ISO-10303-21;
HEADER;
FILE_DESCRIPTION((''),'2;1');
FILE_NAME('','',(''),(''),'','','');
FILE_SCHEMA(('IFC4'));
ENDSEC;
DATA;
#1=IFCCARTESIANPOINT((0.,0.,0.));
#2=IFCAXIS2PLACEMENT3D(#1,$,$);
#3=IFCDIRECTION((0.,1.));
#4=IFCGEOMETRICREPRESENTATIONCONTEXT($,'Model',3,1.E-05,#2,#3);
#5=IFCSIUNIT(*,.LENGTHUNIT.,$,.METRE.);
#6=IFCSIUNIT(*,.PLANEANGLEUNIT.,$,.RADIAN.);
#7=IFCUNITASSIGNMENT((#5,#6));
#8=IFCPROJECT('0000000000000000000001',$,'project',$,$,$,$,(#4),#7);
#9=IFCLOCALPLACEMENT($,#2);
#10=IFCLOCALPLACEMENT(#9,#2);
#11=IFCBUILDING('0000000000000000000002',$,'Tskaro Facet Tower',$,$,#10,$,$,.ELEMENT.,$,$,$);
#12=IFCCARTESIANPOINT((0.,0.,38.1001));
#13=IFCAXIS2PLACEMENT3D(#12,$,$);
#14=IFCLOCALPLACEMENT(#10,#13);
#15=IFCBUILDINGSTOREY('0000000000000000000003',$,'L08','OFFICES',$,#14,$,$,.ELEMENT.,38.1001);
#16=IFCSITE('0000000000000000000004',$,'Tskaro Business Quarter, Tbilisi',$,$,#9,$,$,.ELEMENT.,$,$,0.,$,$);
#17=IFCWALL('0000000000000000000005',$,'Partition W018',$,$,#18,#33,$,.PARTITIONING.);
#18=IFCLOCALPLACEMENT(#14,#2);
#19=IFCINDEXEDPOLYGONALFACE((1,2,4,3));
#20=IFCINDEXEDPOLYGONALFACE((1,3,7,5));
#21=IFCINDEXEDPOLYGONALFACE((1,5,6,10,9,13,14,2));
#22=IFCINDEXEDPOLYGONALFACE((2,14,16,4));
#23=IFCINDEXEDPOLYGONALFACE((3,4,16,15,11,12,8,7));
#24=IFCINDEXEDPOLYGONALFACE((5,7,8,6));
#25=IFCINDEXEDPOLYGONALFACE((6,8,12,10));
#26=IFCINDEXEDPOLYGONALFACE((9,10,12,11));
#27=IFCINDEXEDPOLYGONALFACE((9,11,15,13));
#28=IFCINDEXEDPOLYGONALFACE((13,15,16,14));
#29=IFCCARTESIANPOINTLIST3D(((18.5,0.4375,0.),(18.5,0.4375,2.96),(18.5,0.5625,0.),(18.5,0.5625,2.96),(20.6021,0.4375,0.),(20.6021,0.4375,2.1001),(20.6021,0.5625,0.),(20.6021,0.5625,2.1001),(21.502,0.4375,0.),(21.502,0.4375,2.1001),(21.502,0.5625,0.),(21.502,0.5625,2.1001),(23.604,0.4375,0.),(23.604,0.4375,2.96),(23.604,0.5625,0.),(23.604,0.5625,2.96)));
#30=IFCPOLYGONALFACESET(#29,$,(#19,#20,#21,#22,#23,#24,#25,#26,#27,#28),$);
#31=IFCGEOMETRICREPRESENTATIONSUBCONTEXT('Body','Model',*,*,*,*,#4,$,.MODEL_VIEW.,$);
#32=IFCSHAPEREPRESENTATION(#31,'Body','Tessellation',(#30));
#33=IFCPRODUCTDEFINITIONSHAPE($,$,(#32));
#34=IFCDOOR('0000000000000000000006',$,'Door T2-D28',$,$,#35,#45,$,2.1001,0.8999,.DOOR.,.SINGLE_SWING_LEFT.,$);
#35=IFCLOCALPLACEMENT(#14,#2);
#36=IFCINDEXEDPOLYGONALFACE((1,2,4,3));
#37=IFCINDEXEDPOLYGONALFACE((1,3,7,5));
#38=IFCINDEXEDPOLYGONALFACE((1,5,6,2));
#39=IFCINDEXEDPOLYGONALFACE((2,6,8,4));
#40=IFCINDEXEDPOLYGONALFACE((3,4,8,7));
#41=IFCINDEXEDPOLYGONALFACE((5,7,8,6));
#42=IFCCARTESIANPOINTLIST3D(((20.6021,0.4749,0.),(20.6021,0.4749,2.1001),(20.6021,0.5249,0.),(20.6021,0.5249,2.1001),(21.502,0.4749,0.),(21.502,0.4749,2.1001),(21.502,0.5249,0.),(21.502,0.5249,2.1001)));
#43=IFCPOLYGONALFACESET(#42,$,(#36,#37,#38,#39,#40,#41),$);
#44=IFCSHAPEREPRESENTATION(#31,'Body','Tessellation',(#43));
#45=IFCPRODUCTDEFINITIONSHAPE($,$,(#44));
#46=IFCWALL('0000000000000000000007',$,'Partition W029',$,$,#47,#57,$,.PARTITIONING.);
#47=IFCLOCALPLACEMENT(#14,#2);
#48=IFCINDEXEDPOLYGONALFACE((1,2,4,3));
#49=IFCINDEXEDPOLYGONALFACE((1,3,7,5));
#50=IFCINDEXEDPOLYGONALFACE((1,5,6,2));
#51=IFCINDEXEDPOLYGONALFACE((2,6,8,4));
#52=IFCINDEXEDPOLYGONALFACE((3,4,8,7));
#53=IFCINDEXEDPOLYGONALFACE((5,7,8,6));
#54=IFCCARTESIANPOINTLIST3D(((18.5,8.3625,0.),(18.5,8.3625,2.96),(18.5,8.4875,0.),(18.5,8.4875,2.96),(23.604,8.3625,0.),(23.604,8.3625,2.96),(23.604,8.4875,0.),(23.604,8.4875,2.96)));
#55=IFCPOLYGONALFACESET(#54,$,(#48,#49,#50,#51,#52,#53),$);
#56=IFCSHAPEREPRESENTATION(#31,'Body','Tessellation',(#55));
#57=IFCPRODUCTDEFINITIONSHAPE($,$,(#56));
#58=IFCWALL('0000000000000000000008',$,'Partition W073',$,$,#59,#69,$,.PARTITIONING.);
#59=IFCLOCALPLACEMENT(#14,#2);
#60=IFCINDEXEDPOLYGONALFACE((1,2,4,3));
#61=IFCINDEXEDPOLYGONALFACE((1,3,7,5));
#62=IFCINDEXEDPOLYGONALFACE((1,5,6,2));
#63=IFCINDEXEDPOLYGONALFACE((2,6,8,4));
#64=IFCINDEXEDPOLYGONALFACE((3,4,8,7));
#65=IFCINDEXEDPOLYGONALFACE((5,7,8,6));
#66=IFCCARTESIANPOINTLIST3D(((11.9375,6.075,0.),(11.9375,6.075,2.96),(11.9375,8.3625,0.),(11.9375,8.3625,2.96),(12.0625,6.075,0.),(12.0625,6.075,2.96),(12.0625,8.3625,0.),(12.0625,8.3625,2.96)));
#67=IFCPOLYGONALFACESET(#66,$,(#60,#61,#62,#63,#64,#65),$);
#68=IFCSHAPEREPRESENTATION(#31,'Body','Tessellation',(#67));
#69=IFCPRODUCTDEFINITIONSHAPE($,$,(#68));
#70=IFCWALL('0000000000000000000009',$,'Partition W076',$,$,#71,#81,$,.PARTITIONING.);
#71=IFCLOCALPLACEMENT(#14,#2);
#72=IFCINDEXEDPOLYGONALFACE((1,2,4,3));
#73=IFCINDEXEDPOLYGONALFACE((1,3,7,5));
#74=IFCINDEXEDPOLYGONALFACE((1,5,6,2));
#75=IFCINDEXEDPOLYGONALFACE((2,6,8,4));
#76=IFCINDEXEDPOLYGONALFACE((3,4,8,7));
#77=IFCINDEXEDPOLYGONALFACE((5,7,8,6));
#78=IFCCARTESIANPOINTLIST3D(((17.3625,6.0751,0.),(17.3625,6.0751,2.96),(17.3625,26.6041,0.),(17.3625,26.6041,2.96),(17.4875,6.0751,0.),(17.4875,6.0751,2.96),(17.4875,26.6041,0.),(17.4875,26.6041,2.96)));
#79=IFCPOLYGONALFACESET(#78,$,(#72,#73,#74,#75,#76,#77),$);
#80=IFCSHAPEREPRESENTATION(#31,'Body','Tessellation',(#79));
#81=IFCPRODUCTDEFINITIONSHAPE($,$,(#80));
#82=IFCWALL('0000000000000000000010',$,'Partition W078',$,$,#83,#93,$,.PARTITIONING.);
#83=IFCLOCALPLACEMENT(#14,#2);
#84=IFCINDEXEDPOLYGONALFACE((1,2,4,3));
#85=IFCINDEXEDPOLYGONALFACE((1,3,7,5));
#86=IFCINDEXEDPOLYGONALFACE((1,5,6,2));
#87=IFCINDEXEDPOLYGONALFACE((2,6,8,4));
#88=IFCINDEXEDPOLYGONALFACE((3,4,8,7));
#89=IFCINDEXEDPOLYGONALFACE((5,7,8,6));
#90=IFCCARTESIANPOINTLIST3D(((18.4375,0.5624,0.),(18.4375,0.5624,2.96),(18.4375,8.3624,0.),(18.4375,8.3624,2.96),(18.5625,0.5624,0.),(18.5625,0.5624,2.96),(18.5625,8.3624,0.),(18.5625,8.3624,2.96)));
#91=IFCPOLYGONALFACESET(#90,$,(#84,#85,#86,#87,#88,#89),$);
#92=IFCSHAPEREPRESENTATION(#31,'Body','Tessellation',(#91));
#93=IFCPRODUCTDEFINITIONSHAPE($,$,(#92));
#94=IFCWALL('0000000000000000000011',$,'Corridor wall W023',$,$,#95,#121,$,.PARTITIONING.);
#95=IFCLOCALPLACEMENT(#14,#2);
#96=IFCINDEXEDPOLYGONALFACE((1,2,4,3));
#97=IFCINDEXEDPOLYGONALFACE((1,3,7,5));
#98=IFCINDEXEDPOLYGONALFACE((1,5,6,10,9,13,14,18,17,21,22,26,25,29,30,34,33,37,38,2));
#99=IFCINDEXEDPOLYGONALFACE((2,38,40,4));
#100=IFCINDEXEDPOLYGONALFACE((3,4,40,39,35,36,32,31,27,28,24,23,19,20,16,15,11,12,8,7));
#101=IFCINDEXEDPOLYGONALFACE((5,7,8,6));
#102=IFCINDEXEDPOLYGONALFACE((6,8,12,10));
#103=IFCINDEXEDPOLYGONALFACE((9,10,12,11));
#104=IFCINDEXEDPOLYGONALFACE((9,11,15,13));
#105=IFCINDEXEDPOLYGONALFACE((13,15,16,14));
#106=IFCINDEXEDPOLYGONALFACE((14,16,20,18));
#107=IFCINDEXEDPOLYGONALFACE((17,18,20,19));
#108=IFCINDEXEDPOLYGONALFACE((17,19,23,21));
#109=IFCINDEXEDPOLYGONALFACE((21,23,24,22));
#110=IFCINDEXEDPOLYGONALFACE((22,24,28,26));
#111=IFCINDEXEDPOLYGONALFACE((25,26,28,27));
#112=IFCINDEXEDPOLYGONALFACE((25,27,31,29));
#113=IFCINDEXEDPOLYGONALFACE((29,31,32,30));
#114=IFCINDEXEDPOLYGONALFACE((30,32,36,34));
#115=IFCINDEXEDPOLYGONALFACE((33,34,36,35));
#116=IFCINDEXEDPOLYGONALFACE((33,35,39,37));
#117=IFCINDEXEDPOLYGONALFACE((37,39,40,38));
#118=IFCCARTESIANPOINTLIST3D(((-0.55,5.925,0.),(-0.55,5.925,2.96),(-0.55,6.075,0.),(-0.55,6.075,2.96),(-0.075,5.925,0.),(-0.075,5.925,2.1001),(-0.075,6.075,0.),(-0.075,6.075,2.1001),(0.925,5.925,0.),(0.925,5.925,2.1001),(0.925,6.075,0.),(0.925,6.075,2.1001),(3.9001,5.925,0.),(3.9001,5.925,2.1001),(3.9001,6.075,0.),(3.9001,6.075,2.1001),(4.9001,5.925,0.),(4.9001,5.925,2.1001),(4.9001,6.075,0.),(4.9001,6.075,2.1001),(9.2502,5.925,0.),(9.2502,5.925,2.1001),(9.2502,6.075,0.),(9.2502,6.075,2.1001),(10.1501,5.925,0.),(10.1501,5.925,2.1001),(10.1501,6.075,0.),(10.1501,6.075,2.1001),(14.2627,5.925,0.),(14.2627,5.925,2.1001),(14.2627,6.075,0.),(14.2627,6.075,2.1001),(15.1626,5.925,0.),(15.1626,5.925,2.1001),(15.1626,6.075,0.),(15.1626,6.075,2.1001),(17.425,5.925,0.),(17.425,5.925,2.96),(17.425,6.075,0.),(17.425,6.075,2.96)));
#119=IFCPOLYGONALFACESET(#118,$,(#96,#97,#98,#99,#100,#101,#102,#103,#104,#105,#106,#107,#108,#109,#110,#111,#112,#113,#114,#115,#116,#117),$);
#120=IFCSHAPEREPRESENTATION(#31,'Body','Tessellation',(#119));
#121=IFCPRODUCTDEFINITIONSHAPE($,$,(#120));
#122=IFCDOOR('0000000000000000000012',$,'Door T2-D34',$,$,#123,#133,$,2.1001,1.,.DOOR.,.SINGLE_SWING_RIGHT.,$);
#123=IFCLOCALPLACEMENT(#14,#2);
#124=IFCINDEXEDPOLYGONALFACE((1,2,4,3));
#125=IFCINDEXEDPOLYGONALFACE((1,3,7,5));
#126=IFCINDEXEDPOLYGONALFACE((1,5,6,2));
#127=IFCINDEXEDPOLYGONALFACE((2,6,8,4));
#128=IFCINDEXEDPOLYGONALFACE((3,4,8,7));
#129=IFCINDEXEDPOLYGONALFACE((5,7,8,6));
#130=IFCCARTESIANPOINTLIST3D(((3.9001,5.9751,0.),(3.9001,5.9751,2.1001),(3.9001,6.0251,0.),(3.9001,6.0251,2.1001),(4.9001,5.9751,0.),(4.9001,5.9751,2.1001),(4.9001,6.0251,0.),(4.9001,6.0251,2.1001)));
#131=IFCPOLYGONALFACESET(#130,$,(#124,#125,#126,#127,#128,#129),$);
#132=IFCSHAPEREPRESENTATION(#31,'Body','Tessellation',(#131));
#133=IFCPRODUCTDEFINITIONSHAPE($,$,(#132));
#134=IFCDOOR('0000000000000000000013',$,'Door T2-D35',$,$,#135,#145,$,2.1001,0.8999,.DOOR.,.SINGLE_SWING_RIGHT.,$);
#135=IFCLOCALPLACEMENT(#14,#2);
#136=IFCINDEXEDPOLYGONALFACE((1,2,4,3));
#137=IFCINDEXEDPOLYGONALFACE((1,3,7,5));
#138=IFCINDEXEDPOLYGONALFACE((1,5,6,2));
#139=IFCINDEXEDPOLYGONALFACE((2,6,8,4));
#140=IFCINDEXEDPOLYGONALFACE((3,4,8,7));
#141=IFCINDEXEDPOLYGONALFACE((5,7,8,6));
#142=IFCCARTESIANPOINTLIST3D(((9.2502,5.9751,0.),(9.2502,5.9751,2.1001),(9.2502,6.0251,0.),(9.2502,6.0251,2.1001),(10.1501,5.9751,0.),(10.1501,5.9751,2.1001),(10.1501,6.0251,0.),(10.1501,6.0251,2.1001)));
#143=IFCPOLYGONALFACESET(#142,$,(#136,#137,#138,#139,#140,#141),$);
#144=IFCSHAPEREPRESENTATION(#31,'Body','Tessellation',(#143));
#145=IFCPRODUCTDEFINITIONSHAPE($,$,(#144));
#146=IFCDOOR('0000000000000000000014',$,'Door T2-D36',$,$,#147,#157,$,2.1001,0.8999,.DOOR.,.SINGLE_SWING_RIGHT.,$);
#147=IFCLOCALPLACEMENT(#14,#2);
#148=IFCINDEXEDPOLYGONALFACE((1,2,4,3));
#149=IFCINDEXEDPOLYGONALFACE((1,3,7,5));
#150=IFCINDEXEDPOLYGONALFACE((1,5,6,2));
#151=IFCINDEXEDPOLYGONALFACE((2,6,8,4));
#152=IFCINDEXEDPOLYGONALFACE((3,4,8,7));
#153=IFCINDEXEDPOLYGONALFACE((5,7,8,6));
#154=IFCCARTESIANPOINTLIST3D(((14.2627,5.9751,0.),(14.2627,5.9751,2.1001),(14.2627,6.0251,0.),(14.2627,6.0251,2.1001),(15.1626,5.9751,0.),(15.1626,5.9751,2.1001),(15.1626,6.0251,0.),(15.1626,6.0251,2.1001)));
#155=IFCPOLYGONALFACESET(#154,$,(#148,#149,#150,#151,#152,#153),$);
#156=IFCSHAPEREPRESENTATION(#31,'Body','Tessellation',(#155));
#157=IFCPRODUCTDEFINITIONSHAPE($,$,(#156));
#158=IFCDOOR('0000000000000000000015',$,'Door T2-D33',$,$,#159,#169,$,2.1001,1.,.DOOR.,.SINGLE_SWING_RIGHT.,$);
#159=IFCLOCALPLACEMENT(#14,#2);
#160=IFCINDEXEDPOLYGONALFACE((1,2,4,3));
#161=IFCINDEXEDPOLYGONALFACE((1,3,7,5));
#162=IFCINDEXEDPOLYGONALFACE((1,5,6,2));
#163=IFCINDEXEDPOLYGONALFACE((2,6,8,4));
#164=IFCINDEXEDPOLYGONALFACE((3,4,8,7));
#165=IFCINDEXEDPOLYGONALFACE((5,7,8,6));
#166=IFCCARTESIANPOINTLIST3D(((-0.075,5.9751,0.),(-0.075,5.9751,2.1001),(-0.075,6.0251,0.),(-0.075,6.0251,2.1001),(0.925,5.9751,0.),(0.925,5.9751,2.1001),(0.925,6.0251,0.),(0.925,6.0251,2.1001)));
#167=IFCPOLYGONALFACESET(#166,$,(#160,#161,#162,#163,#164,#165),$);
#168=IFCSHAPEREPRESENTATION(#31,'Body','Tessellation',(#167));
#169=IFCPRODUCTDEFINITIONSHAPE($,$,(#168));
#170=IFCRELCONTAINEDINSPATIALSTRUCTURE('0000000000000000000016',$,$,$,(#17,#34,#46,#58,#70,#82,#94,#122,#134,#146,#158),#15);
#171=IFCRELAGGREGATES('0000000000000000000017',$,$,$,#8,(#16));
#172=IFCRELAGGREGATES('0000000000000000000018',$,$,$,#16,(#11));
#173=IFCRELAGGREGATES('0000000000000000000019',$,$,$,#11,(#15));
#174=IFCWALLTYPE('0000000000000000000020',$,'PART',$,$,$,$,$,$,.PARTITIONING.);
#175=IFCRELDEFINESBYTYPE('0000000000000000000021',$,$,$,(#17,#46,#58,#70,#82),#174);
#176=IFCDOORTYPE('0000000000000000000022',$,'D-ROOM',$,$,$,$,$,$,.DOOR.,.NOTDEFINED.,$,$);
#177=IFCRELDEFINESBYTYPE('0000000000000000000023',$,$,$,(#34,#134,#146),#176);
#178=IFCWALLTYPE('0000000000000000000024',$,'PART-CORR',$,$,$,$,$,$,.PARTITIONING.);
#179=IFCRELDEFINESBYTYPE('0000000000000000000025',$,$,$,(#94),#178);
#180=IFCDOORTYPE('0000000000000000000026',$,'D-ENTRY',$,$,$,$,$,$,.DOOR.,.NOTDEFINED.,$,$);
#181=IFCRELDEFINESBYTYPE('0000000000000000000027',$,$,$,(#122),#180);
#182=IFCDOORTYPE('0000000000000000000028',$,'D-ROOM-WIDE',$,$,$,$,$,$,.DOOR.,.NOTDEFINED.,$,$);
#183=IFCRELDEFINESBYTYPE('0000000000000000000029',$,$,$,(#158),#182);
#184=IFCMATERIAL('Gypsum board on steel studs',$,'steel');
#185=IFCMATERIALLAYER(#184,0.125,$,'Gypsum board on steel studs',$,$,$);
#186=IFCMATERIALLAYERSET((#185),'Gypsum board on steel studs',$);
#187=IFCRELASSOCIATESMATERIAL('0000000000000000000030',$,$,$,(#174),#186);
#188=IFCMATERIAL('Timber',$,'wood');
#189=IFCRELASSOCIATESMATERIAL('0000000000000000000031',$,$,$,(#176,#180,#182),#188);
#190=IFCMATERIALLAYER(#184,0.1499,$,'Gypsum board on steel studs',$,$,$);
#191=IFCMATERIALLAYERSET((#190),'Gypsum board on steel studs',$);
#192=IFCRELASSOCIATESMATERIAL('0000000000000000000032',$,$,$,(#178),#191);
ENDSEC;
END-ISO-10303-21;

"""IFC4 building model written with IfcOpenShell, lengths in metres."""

from ifc_helpers import new_model, si_unit, direction, frame, frame_2d, origin, place, context, subcontext, project, spatial, rectangle, extrude, material, layer, layer_set, type_object, element, fill, save


model = new_model("IFC4")

# Units and contexts
model_context = context("Model", 3, precision=1e-05, world=origin(), true_north=direction((0.0, 1.0)))
body_context = subcontext(model_context, "Body", "Model", "MODEL_VIEW")
ifc_project = project(units=[si_unit("LENGTHUNIT", "METRE"), si_unit("PLANEANGLEUNIT", "RADIAN")], contexts=[model_context])

# Site, building, storey
site_placement = place(None, origin())
site = spatial("IfcSite", under=ifc_project, at=site_placement, Name="Tskaro Business Quarter, Tbilisi", CompositionType="ELEMENT", RefElevation=0.0)
building_placement = place(site_placement, origin())
building = spatial("IfcBuilding", under=site, at=building_placement, Name="Tskaro Facet Tower", CompositionType="ELEMENT")
storey_placement = place(building_placement, frame((0.0, 0.0, 38.1001)))
storey = spatial("IfcBuildingStorey", under=building, at=storey_placement, Name="L08", Description="OFFICES", CompositionType="ELEMENT", Elevation=38.1001)

# Wall, opening, door
ifc_material_1 = material(Name="Gypsum board on steel studs", Category="steel")
ifc_layer_1 = layer(ifc_material_1, 0.125, Name="Gypsum board on steel studs")
ifc_layer_set_1 = layer_set([ifc_layer_1], Name="Gypsum board on steel studs")
wall_type_1 = type_object("IfcWallType", Name="PART", PredefinedType="PARTITIONING", material=ifc_layer_set_1)
wall_1_placement = place(storey_placement, frame((18.5, 0.5, 0.0), z_axis=(0.0, 0.0, 1.0), x_axis=(1.0, 0.0, 0.0)))
wall_1 = element("IfcWall", 1, at=wall_1_placement, inside=storey, type_object=wall_type_1, Name="Partition W018", PredefinedType="PARTITIONING", context=body_context, shape_type="SweptSolid", body=[
    extrude(rectangle(XDim=5.104, YDim=0.125, at=frame_2d((2.552, 0.0))), origin(), (0.0, 0.0, 1.0), 2.96),
])
opening_1_placement = place(wall_1_placement, frame((2.1021, 0.0, 0.0)))
opening_1 = element("IfcOpeningElement", 2, at=opening_1_placement, cuts=wall_1, PredefinedType="OPENING", context=body_context, shape_type="SweptSolid", body=[
    extrude(rectangle(XDim=0.8999, YDim=2.1001, at=frame_2d((0.45, 1.05))), frame((0.0, 0.0725, 0.0), z_axis=(0.0, -1.0, 0.0), x_axis=(1.0, 0.0, 0.0)), (0.0, 0.0, 1.0), 0.145),
])
ifc_material_2 = material(Name="Timber", Category="wood")
door_type_1 = type_object("IfcDoorType", Name="D-ROOM", OperationType="NOTDEFINED", PredefinedType="DOOR", material=ifc_material_2)
door_1_placement = place(opening_1_placement, origin())
door_1 = element("IfcDoor", 3, at=door_1_placement, inside=storey, type_object=door_type_1, Name="Door T2-D28", OperationType="SINGLE_SWING_LEFT", OverallHeight=2.1001, OverallWidth=0.8999, PredefinedType="DOOR", context=body_context, shape_type="SweptSolid", body=[
    extrude(rectangle(XDim=0.8999, YDim=2.1001, at=frame_2d((0.45, 1.05))), frame((0.0, 0.0249, 0.0), z_axis=(0.0, -1.0, 0.0), x_axis=(1.0, 0.0, 0.0)), (0.0, 0.0, 1.0), 0.05),
])
fill(opening_1, door_1)

# Walls
wall_2_placement = place(storey_placement, frame((18.5, 8.425, 0.0), z_axis=(0.0, 0.0, 1.0), x_axis=(1.0, 0.0, 0.0)))
element("IfcWall", 4, at=wall_2_placement, inside=storey, type_object=wall_type_1, Name="Partition W029", PredefinedType="PARTITIONING", context=body_context, shape_type="SweptSolid", body=[
    extrude(rectangle(XDim=5.104, YDim=0.125, at=frame_2d((2.552, 0.0))), origin(), (0.0, 0.0, 1.0), 2.96),
])
wall_3_placement = place(storey_placement, frame((12.0, 6.075, 0.0), z_axis=(0.0, 0.0, 1.0), x_axis=(0.0, 1.0, 0.0)))
element("IfcWall", 5, at=wall_3_placement, inside=storey, type_object=wall_type_1, Name="Partition W073", PredefinedType="PARTITIONING", context=body_context, shape_type="SweptSolid", body=[
    extrude(rectangle(XDim=2.2876, YDim=0.125, at=frame_2d((1.1438, 0.0))), origin(), (0.0, 0.0, 1.0), 2.96),
])
wall_4_placement = place(storey_placement, frame((17.425, 6.075, 0.0), z_axis=(0.0, 0.0, 1.0), x_axis=(0.0, 1.0, 0.0)))
element("IfcWall", 6, at=wall_4_placement, inside=storey, type_object=wall_type_1, Name="Partition W076", PredefinedType="PARTITIONING", context=body_context, shape_type="SweptSolid", body=[
    extrude(rectangle(XDim=20.5291, YDim=0.125, at=frame_2d((10.2646, 0.0))), origin(), (0.0, 0.0, 1.0), 2.96),
])
wall_5_placement = place(storey_placement, frame((18.5, 0.5625, 0.0), z_axis=(0.0, 0.0, 1.0), x_axis=(0.0, 1.0, 0.0)))
element("IfcWall", 7, at=wall_5_placement, inside=storey, type_object=wall_type_1, Name="Partition W078", PredefinedType="PARTITIONING", context=body_context, shape_type="SweptSolid", body=[
    extrude(rectangle(XDim=7.8, YDim=0.125, at=frame_2d((3.8999, 0.0))), origin(), (0.0, 0.0, 1.0), 2.96),
])

# Wall, openings, doors
ifc_layer_2 = layer(ifc_material_1, 0.1499, Name="Gypsum board on steel studs")
ifc_layer_set_2 = layer_set([ifc_layer_2], Name="Gypsum board on steel studs")
wall_type_2 = type_object("IfcWallType", Name="PART-CORR", PredefinedType="PARTITIONING", material=ifc_layer_set_2)
wall_6_placement = place(storey_placement, frame((17.425, 6.0, 0.0), z_axis=(0.0, 0.0, 1.0), x_axis=(-1.0, 0.0, 0.0)))
wall_6 = element("IfcWall", 8, at=wall_6_placement, inside=storey, type_object=wall_type_2, Name="Corridor wall W023", PredefinedType="PARTITIONING", context=body_context, shape_type="SweptSolid", body=[
    extrude(rectangle(XDim=17.9751, YDim=0.1499, at=frame_2d((8.9875, 0.0))), origin(), (0.0, 0.0, 1.0), 2.96),
])
opening_2_placement = place(wall_6_placement, frame((12.5249, 0.0, 0.0)))
opening_2 = element("IfcOpeningElement", 9, at=opening_2_placement, cuts=wall_6, PredefinedType="OPENING", context=body_context, shape_type="SweptSolid", body=[
    extrude(rectangle(XDim=1.0, YDim=2.1001, at=frame_2d((0.5, 1.05))), frame((0.0, 0.085, 0.0), z_axis=(0.0, -1.0, 0.0), x_axis=(1.0, 0.0, 0.0)), (0.0, 0.0, 1.0), 0.1699),
])
opening_3_placement = place(wall_6_placement, frame((16.5, 0.0, 0.0)))
opening_3 = element("IfcOpeningElement", 10, at=opening_3_placement, cuts=wall_6, PredefinedType="OPENING", context=body_context, shape_type="SweptSolid", body=[
    extrude(rectangle(XDim=1.0, YDim=2.1001, at=frame_2d((0.5, 1.05))), frame((0.0, 0.085, 0.0), z_axis=(0.0, -1.0, 0.0), x_axis=(1.0, 0.0, 0.0)), (0.0, 0.0, 1.0), 0.1699),
])
opening_4_placement = place(wall_6_placement, frame((7.2749, 0.0, 0.0)))
opening_4 = element("IfcOpeningElement", 11, at=opening_4_placement, cuts=wall_6, PredefinedType="OPENING", context=body_context, shape_type="SweptSolid", body=[
    extrude(rectangle(XDim=0.8999, YDim=2.1001, at=frame_2d((0.45, 1.05))), frame((0.0, 0.085, 0.0), z_axis=(0.0, -1.0, 0.0), x_axis=(1.0, 0.0, 0.0)), (0.0, 0.0, 1.0), 0.1699),
])
opening_5_placement = place(wall_6_placement, frame((2.2625, 0.0, 0.0)))
opening_5 = element("IfcOpeningElement", 12, at=opening_5_placement, cuts=wall_6, PredefinedType="OPENING", context=body_context, shape_type="SweptSolid", body=[
    extrude(rectangle(XDim=0.8999, YDim=2.1001, at=frame_2d((0.45, 1.05))), frame((0.0, 0.085, 0.0), z_axis=(0.0, -1.0, 0.0), x_axis=(1.0, 0.0, 0.0)), (0.0, 0.0, 1.0), 0.1699),
])
door_type_2 = type_object("IfcDoorType", Name="D-ENTRY", OperationType="NOTDEFINED", PredefinedType="DOOR", material=ifc_material_2)
door_2_placement = place(opening_2_placement, origin())
door_2 = element("IfcDoor", 13, at=door_2_placement, inside=storey, type_object=door_type_2, Name="Door T2-D34", OperationType="SINGLE_SWING_RIGHT", OverallHeight=2.1001, OverallWidth=1.0, PredefinedType="DOOR", context=body_context, shape_type="SweptSolid", body=[
    extrude(rectangle(XDim=1.0, YDim=2.1001, at=frame_2d((0.5, 1.05))), frame((0.0, 0.0249, 0.0), z_axis=(0.0, -1.0, 0.0), x_axis=(1.0, 0.0, 0.0)), (0.0, 0.0, 1.0), 0.05),
])
fill(opening_2, door_2)
door_3_placement = place(opening_4_placement, origin())
door_3 = element("IfcDoor", 14, at=door_3_placement, inside=storey, type_object=door_type_1, Name="Door T2-D35", OperationType="SINGLE_SWING_RIGHT", OverallHeight=2.1001, OverallWidth=0.8999, PredefinedType="DOOR", context=body_context, shape_type="SweptSolid", body=[
    extrude(rectangle(XDim=0.8999, YDim=2.1001, at=frame_2d((0.45, 1.05))), frame((0.0, 0.0249, 0.0), z_axis=(0.0, -1.0, 0.0), x_axis=(1.0, 0.0, 0.0)), (0.0, 0.0, 1.0), 0.05),
])
fill(opening_4, door_3)
door_4_placement = place(opening_5_placement, origin())
door_4 = element("IfcDoor", 15, at=door_4_placement, inside=storey, type_object=door_type_1, Name="Door T2-D36", OperationType="SINGLE_SWING_RIGHT", OverallHeight=2.1001, OverallWidth=0.8999, PredefinedType="DOOR", context=body_context, shape_type="SweptSolid", body=[
    extrude(rectangle(XDim=0.8999, YDim=2.1001, at=frame_2d((0.45, 1.05))), frame((0.0, 0.0249, 0.0), z_axis=(0.0, -1.0, 0.0), x_axis=(1.0, 0.0, 0.0)), (0.0, 0.0, 1.0), 0.05),
])
fill(opening_5, door_4)
door_type_3 = type_object("IfcDoorType", Name="D-ROOM-WIDE", OperationType="NOTDEFINED", PredefinedType="DOOR", material=ifc_material_2)
door_5_placement = place(opening_3_placement, origin())
door_5 = element("IfcDoor", 16, at=door_5_placement, inside=storey, type_object=door_type_3, Name="Door T2-D33", OperationType="SINGLE_SWING_RIGHT", OverallHeight=2.1001, OverallWidth=1.0, PredefinedType="DOOR", context=body_context, shape_type="SweptSolid", body=[
    extrude(rectangle(XDim=1.0, YDim=2.1001, at=frame_2d((0.5, 1.05))), frame((0.0, 0.0249, 0.0), z_axis=(0.0, -1.0, 0.0), x_axis=(1.0, 0.0, 0.0)), (0.0, 0.0, 1.0), 0.05),
])
fill(opening_3, door_5)

save(model, "model.ifc")
